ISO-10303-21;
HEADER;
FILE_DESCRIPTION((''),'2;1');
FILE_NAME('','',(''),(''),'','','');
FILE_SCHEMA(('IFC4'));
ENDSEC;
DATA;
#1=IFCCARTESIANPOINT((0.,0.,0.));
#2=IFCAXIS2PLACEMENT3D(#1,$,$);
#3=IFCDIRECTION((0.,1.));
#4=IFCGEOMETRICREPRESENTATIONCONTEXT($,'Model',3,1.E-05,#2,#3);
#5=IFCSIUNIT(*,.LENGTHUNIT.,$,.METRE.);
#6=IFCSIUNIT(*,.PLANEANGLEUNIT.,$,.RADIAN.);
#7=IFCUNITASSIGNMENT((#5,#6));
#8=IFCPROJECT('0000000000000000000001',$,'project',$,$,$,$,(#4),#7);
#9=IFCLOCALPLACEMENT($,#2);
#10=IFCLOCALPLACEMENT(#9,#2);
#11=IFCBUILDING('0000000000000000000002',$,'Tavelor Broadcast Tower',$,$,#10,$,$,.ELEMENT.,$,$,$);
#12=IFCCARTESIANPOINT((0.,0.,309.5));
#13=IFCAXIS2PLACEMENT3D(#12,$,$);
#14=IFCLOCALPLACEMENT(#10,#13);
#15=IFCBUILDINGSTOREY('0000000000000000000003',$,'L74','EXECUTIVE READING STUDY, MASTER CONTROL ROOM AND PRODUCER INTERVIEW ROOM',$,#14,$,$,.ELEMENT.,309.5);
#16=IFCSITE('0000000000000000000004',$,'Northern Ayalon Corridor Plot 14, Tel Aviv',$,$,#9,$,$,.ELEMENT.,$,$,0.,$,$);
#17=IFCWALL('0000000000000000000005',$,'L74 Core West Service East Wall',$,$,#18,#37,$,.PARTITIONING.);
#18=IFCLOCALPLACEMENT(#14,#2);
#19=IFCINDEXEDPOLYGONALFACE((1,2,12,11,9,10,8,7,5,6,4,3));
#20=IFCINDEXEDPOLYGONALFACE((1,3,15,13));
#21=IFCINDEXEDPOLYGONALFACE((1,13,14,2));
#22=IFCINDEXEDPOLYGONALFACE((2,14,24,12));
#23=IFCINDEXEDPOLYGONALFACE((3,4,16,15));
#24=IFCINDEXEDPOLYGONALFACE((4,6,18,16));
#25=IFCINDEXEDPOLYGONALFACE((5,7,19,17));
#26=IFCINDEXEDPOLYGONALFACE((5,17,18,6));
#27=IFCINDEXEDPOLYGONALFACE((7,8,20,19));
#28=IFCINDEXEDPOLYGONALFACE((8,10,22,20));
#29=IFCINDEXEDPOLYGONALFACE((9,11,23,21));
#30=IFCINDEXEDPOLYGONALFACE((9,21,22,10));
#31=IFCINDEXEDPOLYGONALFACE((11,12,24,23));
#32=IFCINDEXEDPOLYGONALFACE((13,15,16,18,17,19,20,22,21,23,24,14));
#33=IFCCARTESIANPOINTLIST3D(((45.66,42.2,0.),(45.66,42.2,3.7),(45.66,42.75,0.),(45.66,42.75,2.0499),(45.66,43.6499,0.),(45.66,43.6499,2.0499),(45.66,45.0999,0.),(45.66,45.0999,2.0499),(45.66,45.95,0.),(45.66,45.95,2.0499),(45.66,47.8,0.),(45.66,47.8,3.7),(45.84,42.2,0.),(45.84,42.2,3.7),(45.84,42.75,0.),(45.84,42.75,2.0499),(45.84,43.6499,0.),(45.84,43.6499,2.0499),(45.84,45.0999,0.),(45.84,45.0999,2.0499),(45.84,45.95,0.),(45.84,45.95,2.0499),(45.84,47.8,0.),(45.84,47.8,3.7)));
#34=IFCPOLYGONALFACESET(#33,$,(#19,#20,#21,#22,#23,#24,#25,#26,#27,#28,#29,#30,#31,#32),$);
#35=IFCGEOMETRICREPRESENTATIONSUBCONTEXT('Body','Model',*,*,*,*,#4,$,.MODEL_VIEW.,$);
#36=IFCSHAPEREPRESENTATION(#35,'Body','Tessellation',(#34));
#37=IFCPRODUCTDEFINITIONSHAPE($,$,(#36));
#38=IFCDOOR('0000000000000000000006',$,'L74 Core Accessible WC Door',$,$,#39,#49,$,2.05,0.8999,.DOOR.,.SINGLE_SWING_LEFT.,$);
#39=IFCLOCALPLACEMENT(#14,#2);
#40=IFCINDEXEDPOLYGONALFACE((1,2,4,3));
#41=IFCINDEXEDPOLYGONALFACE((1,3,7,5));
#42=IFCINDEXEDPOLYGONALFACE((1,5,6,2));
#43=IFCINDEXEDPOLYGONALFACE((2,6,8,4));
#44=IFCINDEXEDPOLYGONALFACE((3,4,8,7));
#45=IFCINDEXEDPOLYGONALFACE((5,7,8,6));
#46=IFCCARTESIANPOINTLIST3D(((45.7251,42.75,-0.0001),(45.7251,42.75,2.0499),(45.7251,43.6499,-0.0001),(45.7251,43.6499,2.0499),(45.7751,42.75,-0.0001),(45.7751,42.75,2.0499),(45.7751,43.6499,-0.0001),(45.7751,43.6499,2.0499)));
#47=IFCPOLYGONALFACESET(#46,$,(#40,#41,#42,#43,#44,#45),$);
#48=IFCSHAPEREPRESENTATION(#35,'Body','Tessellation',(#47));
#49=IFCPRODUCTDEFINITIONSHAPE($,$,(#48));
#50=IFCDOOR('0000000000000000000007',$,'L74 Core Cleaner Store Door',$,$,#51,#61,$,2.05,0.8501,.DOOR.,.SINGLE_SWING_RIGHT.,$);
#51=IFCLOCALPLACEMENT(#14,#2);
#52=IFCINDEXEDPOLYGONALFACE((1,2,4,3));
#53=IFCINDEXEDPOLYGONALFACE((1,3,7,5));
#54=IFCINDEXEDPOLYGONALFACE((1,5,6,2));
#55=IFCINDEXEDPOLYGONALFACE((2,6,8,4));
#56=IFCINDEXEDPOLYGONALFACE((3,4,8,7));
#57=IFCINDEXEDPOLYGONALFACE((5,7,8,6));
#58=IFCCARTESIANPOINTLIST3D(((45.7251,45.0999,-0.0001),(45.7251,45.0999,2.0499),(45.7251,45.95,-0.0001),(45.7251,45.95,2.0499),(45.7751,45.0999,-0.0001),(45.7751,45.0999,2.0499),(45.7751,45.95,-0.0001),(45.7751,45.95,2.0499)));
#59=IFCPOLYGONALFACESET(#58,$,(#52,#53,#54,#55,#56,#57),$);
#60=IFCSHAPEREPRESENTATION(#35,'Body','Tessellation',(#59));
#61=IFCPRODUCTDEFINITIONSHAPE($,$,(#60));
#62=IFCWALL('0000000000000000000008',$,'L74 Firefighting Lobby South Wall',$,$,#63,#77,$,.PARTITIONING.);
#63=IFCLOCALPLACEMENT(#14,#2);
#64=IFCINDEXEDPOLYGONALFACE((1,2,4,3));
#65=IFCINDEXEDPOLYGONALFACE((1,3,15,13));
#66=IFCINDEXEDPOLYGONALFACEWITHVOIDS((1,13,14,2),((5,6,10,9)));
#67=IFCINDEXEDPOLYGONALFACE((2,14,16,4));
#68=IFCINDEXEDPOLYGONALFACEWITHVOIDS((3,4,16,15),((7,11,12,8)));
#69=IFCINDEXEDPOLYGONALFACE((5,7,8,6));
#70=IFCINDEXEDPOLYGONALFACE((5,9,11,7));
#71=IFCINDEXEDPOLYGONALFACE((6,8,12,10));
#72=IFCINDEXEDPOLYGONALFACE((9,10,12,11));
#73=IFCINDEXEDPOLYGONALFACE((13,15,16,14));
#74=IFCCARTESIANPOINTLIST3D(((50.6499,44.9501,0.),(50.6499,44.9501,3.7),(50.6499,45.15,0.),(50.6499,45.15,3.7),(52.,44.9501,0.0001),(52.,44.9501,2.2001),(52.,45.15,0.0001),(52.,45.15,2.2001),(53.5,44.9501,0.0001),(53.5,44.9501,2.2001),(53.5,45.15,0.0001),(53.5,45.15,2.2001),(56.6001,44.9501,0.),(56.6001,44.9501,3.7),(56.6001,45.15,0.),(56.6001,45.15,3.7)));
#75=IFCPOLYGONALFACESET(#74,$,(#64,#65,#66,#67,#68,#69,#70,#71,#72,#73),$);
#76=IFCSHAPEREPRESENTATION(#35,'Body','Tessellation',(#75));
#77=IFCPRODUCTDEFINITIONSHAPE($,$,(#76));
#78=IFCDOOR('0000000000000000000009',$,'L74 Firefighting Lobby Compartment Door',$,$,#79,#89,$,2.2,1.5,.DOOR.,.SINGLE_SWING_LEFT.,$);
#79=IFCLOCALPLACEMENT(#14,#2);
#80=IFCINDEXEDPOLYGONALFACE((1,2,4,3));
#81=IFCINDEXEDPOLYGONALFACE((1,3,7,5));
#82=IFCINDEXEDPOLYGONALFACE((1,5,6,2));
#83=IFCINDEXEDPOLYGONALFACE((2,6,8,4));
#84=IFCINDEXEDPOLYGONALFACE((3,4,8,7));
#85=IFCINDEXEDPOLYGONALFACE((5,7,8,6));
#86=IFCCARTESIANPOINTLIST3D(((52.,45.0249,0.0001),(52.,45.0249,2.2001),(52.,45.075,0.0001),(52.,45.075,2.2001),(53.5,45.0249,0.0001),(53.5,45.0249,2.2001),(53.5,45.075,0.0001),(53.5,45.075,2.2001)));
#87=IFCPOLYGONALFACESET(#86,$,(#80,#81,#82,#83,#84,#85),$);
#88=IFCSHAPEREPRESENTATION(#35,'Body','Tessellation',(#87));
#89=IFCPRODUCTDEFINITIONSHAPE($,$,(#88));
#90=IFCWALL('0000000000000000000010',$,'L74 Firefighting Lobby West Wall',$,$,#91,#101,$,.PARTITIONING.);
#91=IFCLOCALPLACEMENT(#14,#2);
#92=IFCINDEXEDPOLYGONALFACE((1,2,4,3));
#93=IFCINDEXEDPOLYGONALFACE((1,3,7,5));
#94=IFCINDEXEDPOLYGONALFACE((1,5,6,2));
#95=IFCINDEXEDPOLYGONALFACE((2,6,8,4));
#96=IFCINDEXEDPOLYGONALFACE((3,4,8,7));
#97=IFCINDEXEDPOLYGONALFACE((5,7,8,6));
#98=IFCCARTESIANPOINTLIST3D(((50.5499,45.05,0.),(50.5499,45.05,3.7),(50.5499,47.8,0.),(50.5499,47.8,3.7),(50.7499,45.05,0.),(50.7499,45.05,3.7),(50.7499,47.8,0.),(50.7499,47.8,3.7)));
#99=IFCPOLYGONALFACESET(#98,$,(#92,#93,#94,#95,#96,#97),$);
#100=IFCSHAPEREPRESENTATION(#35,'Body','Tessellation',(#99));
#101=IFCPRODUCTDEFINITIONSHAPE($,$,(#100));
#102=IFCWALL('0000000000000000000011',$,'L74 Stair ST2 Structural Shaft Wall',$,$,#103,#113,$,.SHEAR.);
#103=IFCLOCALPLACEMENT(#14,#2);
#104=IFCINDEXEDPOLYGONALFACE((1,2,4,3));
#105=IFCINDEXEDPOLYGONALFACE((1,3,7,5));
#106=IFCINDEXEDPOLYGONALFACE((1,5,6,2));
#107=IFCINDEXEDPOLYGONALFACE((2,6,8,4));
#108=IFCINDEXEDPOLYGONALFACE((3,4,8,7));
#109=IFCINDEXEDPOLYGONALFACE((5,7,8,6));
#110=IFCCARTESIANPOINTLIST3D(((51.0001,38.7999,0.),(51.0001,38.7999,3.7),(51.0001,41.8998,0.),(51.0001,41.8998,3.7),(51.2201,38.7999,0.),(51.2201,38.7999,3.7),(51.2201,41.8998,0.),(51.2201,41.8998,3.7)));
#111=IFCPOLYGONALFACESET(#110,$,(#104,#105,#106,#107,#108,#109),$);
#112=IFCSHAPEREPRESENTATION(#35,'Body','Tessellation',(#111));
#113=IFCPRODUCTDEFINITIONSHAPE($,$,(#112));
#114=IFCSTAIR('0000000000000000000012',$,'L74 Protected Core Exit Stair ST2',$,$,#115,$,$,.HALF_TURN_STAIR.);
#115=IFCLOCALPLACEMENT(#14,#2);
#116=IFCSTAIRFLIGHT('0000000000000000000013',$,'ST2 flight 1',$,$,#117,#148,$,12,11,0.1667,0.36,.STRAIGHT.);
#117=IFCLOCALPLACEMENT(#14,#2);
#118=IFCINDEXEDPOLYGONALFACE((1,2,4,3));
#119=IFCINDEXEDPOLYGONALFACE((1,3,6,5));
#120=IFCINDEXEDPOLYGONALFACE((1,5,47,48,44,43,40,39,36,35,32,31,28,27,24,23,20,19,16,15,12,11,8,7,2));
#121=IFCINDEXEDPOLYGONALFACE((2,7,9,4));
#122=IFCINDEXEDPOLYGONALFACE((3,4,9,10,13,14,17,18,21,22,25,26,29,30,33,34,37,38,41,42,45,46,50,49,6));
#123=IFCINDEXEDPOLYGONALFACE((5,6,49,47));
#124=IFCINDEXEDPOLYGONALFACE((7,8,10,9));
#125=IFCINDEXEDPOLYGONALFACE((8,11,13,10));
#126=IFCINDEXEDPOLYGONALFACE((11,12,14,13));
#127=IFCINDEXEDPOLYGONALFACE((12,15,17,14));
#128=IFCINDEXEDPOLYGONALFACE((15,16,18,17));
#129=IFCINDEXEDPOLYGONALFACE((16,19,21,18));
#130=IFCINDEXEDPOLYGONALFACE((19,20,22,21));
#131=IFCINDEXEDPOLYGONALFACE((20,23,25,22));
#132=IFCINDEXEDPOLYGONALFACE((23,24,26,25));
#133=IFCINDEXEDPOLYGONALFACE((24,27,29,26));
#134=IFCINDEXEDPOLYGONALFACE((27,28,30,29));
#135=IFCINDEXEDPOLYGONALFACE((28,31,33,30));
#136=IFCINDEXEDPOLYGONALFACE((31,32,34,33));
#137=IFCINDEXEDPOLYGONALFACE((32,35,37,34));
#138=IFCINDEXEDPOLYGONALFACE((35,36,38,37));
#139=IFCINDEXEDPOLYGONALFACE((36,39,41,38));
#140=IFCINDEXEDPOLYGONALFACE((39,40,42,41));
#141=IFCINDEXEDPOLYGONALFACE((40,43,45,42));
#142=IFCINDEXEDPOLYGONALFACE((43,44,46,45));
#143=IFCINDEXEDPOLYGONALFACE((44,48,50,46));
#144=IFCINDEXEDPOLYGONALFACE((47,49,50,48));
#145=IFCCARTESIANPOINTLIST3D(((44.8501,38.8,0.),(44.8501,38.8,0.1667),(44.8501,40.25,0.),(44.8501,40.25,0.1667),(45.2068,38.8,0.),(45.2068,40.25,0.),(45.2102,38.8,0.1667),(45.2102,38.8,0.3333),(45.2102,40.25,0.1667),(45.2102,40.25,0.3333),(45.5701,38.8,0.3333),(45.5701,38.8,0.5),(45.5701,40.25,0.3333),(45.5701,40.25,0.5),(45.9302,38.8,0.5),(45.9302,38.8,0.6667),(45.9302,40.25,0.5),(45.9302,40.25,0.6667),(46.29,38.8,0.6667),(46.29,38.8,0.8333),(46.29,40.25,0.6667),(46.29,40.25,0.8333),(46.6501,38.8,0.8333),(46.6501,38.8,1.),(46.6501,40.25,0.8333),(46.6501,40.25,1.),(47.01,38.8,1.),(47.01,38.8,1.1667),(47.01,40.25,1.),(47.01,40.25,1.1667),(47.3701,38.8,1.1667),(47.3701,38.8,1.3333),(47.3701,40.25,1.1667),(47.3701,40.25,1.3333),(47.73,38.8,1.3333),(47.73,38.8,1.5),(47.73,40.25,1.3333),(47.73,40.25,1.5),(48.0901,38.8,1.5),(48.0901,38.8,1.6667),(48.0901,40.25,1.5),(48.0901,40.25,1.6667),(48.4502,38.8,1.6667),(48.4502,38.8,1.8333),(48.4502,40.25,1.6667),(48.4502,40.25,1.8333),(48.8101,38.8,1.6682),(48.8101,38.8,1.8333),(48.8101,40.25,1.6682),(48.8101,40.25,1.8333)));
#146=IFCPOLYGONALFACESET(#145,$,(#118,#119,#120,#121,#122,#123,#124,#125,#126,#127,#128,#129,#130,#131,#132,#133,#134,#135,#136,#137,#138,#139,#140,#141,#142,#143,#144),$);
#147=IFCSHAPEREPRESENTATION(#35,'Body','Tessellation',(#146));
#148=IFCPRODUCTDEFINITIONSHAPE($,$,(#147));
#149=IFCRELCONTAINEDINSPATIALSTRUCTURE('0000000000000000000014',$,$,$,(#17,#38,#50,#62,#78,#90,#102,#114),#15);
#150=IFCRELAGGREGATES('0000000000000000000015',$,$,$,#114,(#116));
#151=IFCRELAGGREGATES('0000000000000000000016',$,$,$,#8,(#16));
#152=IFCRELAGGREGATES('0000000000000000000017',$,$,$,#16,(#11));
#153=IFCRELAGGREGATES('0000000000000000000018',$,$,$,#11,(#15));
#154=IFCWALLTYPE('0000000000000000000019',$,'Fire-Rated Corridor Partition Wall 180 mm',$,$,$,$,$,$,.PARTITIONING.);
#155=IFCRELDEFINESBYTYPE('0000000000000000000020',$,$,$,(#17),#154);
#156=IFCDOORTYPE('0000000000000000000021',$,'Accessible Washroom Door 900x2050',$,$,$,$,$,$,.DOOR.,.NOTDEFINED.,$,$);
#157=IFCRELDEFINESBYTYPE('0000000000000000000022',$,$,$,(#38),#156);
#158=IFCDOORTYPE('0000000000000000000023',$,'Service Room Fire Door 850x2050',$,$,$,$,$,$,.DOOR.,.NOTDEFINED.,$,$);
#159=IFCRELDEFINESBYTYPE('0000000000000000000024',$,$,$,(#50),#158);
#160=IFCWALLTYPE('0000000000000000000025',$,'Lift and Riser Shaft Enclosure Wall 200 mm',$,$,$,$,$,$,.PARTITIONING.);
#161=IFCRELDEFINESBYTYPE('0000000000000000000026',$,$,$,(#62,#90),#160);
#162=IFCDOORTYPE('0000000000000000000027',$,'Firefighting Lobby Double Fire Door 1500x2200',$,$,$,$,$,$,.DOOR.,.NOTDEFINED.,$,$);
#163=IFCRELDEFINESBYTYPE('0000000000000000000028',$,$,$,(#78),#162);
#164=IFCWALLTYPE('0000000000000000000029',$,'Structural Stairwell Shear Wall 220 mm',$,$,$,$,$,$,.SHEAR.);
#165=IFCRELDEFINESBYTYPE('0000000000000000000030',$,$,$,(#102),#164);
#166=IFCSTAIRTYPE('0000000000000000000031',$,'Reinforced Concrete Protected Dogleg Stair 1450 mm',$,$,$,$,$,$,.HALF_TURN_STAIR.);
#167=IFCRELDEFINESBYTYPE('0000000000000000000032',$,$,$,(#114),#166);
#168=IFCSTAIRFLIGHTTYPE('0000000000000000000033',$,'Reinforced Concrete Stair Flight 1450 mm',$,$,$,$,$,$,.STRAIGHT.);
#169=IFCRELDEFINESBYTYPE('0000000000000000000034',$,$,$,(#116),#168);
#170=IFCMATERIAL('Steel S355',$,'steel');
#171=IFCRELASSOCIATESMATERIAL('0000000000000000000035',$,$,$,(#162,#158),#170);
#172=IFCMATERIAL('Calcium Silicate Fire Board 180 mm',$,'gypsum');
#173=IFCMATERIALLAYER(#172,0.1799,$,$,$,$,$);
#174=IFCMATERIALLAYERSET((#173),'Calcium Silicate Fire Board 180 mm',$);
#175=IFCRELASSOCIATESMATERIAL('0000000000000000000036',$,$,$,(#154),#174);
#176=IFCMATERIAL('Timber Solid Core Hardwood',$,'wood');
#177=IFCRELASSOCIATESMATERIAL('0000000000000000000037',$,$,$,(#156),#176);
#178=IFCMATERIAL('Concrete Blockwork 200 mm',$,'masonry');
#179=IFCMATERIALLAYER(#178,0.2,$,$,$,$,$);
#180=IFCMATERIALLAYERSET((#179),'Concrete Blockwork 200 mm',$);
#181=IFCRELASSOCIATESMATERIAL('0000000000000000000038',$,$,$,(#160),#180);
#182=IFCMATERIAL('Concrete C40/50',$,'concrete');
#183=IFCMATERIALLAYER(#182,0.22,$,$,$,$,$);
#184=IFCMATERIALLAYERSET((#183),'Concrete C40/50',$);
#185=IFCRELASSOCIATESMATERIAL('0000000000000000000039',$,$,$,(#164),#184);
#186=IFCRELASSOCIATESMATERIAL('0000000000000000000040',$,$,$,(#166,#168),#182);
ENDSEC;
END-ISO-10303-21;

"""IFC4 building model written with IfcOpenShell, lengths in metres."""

from ifc_helpers import new_model, si_unit, direction, frame, frame_2d, origin, place, context, subcontext, project, spatial, polyline, rectangle, outline, extrude, material, layer, layer_set, type_object, element, fill, aggregate, save


model = new_model("IFC4")

# Units and contexts
model_context = context("Model", 3, precision=1e-05, world=origin(), true_north=direction((0.0, 1.0)))
body_context = subcontext(model_context, "Body", "Model", "MODEL_VIEW")
ifc_project = project(units=[si_unit("LENGTHUNIT", "METRE"), si_unit("PLANEANGLEUNIT", "RADIAN")], contexts=[model_context])

# Site, building, storey
site_placement = place(None, origin())
site = spatial("IfcSite", under=ifc_project, at=site_placement, Name="Northern Ayalon Corridor Plot 14, Tel Aviv", CompositionType="ELEMENT", RefElevation=0.0)
building_placement = place(site_placement, origin())
building = spatial("IfcBuilding", under=site, at=building_placement, Name="Tavelor Broadcast Tower", CompositionType="ELEMENT")
storey_placement = place(building_placement, frame((0.0, 0.0, 309.5)))
storey = spatial("IfcBuildingStorey", under=building, at=storey_placement, Name="L74", Description="EXECUTIVE READING STUDY, MASTER CONTROL ROOM AND PRODUCER INTERVIEW ROOM", CompositionType="ELEMENT", Elevation=309.5)

# Shared definitions
ifc_material_1 = material(Name="Concrete C40/50", Category="concrete")
ifc_material_2 = material(Name="Steel S355", Category="steel")

# Shared definitions
door_type_1 = type_object("IfcDoorType", Name="Firefighting Lobby Double Fire Door 1500x2200", OperationType="NOTDEFINED", PredefinedType="DOOR", material=ifc_material_2)

# Wall, openings, doors
ifc_material_3 = material(Name="Calcium Silicate Fire Board 180 mm", Category="gypsum")
ifc_layer_1 = layer(ifc_material_3, 0.1799)
ifc_layer_set_1 = layer_set([ifc_layer_1], Name="Calcium Silicate Fire Board 180 mm")
wall_type_1 = type_object("IfcWallType", Name="Fire-Rated Corridor Partition Wall 180 mm", PredefinedType="PARTITIONING", material=ifc_layer_set_1)
wall_1_placement = place(storey_placement, frame((45.75, 42.2, 0.0), z_axis=(0.0, 0.0, 1.0), x_axis=(0.0, 1.0, 0.0)))
wall_1 = element("IfcWall", 1, at=wall_1_placement, inside=storey, type_object=wall_type_1, Name="L74 Core West Service East Wall", PredefinedType="PARTITIONING", context=body_context, shape_type="SweptSolid", body=[
    extrude(rectangle(XDim=5.6001, YDim=0.1799, at=frame_2d((2.8, 0.0))), origin(), (0.0, 0.0, 1.0), 3.7),
])
opening_1_placement = place(wall_1_placement, frame((0.55, 0.0, 0.0)))
opening_1 = element("IfcOpeningElement", 2, at=opening_1_placement, cuts=wall_1, PredefinedType="OPENING", context=body_context, shape_type="SweptSolid", body=[
    extrude(rectangle(XDim=0.8999, YDim=2.05, at=frame_2d((0.45, 1.0249))), frame((0.0, 0.1001, 0.0), z_axis=(0.0, -1.0, 0.0), x_axis=(1.0, 0.0, 0.0)), (0.0, 0.0, 1.0), 0.2),
])
opening_2_placement = place(wall_1_placement, frame((2.8999, 0.0, 0.0)))
opening_2 = element("IfcOpeningElement", 3, at=opening_2_placement, cuts=wall_1, PredefinedType="OPENING", context=body_context, shape_type="SweptSolid", body=[
    extrude(rectangle(XDim=0.8501, YDim=2.05, at=frame_2d((0.425, 1.0249))), frame((0.0, 0.1001, 0.0), z_axis=(0.0, -1.0, 0.0), x_axis=(1.0, 0.0, 0.0)), (0.0, 0.0, 1.0), 0.2),
])
ifc_material_4 = material(Name="Timber Solid Core Hardwood", Category="wood")
door_type_2 = type_object("IfcDoorType", Name="Accessible Washroom Door 900x2050", OperationType="NOTDEFINED", PredefinedType="DOOR", material=ifc_material_4)
door_1_placement = place(opening_1_placement, origin())
door_1 = element("IfcDoor", 4, at=door_1_placement, inside=storey, type_object=door_type_2, Name="L74 Core Accessible WC Door", OperationType="SINGLE_SWING_LEFT", OverallHeight=2.05, OverallWidth=0.8999, PredefinedType="DOOR", context=body_context, shape_type="SweptSolid", body=[
    extrude(rectangle(XDim=0.8999, YDim=2.05, at=frame_2d((0.45, 1.0249))), frame((0.0, 0.0249, 0.0), z_axis=(0.0, -1.0, 0.0), x_axis=(1.0, 0.0, 0.0)), (0.0, 0.0, 1.0), 0.05),
])
fill(opening_1, door_1)
door_type_3 = type_object("IfcDoorType", Name="Service Room Fire Door 850x2050", OperationType="NOTDEFINED", PredefinedType="DOOR", material=ifc_material_2)
door_2_placement = place(opening_2_placement, origin())
door_2 = element("IfcDoor", 5, at=door_2_placement, inside=storey, type_object=door_type_3, Name="L74 Core Cleaner Store Door", OperationType="SINGLE_SWING_RIGHT", OverallHeight=2.05, OverallWidth=0.8501, PredefinedType="DOOR", context=body_context, shape_type="SweptSolid", body=[
    extrude(rectangle(XDim=0.8501, YDim=2.05, at=frame_2d((0.425, 1.0249))), frame((0.0, 0.0249, 0.0), z_axis=(0.0, -1.0, 0.0), x_axis=(1.0, 0.0, 0.0)), (0.0, 0.0, 1.0), 0.05),
])
fill(opening_2, door_2)

# Wall, opening, door
ifc_material_5 = material(Name="Concrete Blockwork 200 mm", Category="masonry")
ifc_layer_2 = layer(ifc_material_5, 0.2)
ifc_layer_set_2 = layer_set([ifc_layer_2], Name="Concrete Blockwork 200 mm")
wall_type_2 = type_object("IfcWallType", Name="Lift and Riser Shaft Enclosure Wall 200 mm", PredefinedType="PARTITIONING", material=ifc_layer_set_2)
wall_2_placement = place(storey_placement, frame((50.6499, 45.05, 0.0), z_axis=(0.0, 0.0, 1.0), x_axis=(1.0, 0.0, 0.0)))
wall_2 = element("IfcWall", 6, at=wall_2_placement, inside=storey, type_object=wall_type_2, Name="L74 Firefighting Lobby South Wall", PredefinedType="PARTITIONING", context=body_context, shape_type="SweptSolid", body=[
    extrude(rectangle(XDim=5.9502, YDim=0.2, at=frame_2d((2.9751, 0.0))), origin(), (0.0, 0.0, 1.0), 3.7),
])
opening_3_placement = place(wall_2_placement, frame((1.3501, 0.0, 0.0)))
opening_3 = element("IfcOpeningElement", 7, at=opening_3_placement, cuts=wall_2, PredefinedType="OPENING", context=body_context, shape_type="SweptSolid", body=[
    extrude(rectangle(XDim=1.5, YDim=2.2, at=frame_2d((0.75, 1.1001))), frame((0.0, 0.1099, 0.0), z_axis=(0.0, -1.0, 0.0), x_axis=(1.0, 0.0, 0.0)), (0.0, 0.0, 1.0), 0.22),
])
door_3_placement = place(opening_3_placement, origin())
door_3 = element("IfcDoor", 8, at=door_3_placement, inside=storey, type_object=door_type_1, Name="L74 Firefighting Lobby Compartment Door", OperationType="SINGLE_SWING_LEFT", OverallHeight=2.2, OverallWidth=1.5, PredefinedType="DOOR", context=body_context, shape_type="SweptSolid", body=[
    extrude(rectangle(XDim=1.5, YDim=2.2, at=frame_2d((0.75, 1.1001))), frame((0.0, 0.0249, 0.0), z_axis=(0.0, -1.0, 0.0), x_axis=(1.0, 0.0, 0.0)), (0.0, 0.0, 1.0), 0.05),
])
fill(opening_3, door_3)

# Walls
wall_3_placement = place(storey_placement, frame((50.6499, 45.05, 0.0), z_axis=(0.0, 0.0, 1.0), x_axis=(0.0, 1.0, 0.0)))
element("IfcWall", 9, at=wall_3_placement, inside=storey, type_object=wall_type_2, Name="L74 Firefighting Lobby West Wall", PredefinedType="PARTITIONING", context=body_context, shape_type="SweptSolid", body=[
    extrude(rectangle(XDim=2.75, YDim=0.2, at=frame_2d((1.375, 0.0))), origin(), (0.0, 0.0, 1.0), 3.7),
])
ifc_layer_3 = layer(ifc_material_1, 0.22)
ifc_layer_set_3 = layer_set([ifc_layer_3], Name="Concrete C40/50")
wall_type_3 = type_object("IfcWallType", Name="Structural Stairwell Shear Wall 220 mm", PredefinedType="SHEAR", material=ifc_layer_set_3)
wall_4_placement = place(storey_placement, frame((51.1101, 38.8, 0.0), z_axis=(0.0, 0.0, 1.0), x_axis=(0.0, 1.0, 0.0)))
element("IfcWall", 10, at=wall_4_placement, inside=storey, type_object=wall_type_3, Name="L74 Stair ST2 Structural Shaft Wall", PredefinedType="SHEAR", context=body_context, shape_type="SweptSolid", body=[
    extrude(rectangle(XDim=3.0999, YDim=0.22, at=frame_2d((1.5498, 0.0))), origin(), (0.0, 0.0, 1.0), 3.7),
])

# Stair, stair flight
stair_type = type_object("IfcStairType", Name="Reinforced Concrete Protected Dogleg Stair 1450 mm", PredefinedType="HALF_TURN_STAIR", material=ifc_material_1)
stair_placement = place(storey_placement, origin())
stair = element("IfcStair", 11, at=stair_placement, inside=storey, type_object=stair_type, Name="L74 Protected Core Exit Stair ST2", PredefinedType="HALF_TURN_STAIR")
stair_flight_type = type_object("IfcStairFlightType", Name="Reinforced Concrete Stair Flight 1450 mm", PredefinedType="STRAIGHT", material=ifc_material_1)
stair_flight_1_placement = place(storey_placement, frame((44.8501, 39.5249, 0.0), z_axis=(0.0, 0.0, 1.0), x_axis=(1.0, 0.0, 0.0)))
stair_flight_1 = element("IfcStairFlight", 12, at=stair_flight_1_placement, type_object=stair_flight_type, Name="ST2 flight 1", NumberOfRisers=12, NumberOfTreads=11, PredefinedType="STRAIGHT", RiserHeight=0.1667, TreadLength=0.36, context=body_context, shape_type="SweptSolid", body=[
    extrude(outline(polyline([(0.0, 0.0), (0.0, 0.1667), (0.3601, 0.1667), (0.3601, 0.3333), (0.72, 0.3333), (0.72, 0.5), (1.0801, 0.5), (1.0801, 0.6667), (1.4399, 0.6667), (1.4399, 0.8333), (1.8, 0.8333), (1.8, 1.0), (2.1599, 1.0), (2.1599, 1.1667), (2.52, 1.1667), (2.52, 1.3333), (2.8799, 1.3333), (2.8799, 1.5), (3.24, 1.5), (3.24, 1.6667), (3.6001, 1.6667), (3.6001, 1.8333), (3.96, 1.8333), (3.96, 2.0), (3.96, 1.6682), (0.3567, 0.0), (0.0, 0.0)])), frame((0.0, 0.7251, 0.0), z_axis=(0.0, -1.0, 0.0), x_axis=(1.0, 0.0, 0.0)), (0.0, 0.0, 1.0), 1.45),
])
aggregate(stair, [stair_flight_1])

save(model, "model.ifc")
